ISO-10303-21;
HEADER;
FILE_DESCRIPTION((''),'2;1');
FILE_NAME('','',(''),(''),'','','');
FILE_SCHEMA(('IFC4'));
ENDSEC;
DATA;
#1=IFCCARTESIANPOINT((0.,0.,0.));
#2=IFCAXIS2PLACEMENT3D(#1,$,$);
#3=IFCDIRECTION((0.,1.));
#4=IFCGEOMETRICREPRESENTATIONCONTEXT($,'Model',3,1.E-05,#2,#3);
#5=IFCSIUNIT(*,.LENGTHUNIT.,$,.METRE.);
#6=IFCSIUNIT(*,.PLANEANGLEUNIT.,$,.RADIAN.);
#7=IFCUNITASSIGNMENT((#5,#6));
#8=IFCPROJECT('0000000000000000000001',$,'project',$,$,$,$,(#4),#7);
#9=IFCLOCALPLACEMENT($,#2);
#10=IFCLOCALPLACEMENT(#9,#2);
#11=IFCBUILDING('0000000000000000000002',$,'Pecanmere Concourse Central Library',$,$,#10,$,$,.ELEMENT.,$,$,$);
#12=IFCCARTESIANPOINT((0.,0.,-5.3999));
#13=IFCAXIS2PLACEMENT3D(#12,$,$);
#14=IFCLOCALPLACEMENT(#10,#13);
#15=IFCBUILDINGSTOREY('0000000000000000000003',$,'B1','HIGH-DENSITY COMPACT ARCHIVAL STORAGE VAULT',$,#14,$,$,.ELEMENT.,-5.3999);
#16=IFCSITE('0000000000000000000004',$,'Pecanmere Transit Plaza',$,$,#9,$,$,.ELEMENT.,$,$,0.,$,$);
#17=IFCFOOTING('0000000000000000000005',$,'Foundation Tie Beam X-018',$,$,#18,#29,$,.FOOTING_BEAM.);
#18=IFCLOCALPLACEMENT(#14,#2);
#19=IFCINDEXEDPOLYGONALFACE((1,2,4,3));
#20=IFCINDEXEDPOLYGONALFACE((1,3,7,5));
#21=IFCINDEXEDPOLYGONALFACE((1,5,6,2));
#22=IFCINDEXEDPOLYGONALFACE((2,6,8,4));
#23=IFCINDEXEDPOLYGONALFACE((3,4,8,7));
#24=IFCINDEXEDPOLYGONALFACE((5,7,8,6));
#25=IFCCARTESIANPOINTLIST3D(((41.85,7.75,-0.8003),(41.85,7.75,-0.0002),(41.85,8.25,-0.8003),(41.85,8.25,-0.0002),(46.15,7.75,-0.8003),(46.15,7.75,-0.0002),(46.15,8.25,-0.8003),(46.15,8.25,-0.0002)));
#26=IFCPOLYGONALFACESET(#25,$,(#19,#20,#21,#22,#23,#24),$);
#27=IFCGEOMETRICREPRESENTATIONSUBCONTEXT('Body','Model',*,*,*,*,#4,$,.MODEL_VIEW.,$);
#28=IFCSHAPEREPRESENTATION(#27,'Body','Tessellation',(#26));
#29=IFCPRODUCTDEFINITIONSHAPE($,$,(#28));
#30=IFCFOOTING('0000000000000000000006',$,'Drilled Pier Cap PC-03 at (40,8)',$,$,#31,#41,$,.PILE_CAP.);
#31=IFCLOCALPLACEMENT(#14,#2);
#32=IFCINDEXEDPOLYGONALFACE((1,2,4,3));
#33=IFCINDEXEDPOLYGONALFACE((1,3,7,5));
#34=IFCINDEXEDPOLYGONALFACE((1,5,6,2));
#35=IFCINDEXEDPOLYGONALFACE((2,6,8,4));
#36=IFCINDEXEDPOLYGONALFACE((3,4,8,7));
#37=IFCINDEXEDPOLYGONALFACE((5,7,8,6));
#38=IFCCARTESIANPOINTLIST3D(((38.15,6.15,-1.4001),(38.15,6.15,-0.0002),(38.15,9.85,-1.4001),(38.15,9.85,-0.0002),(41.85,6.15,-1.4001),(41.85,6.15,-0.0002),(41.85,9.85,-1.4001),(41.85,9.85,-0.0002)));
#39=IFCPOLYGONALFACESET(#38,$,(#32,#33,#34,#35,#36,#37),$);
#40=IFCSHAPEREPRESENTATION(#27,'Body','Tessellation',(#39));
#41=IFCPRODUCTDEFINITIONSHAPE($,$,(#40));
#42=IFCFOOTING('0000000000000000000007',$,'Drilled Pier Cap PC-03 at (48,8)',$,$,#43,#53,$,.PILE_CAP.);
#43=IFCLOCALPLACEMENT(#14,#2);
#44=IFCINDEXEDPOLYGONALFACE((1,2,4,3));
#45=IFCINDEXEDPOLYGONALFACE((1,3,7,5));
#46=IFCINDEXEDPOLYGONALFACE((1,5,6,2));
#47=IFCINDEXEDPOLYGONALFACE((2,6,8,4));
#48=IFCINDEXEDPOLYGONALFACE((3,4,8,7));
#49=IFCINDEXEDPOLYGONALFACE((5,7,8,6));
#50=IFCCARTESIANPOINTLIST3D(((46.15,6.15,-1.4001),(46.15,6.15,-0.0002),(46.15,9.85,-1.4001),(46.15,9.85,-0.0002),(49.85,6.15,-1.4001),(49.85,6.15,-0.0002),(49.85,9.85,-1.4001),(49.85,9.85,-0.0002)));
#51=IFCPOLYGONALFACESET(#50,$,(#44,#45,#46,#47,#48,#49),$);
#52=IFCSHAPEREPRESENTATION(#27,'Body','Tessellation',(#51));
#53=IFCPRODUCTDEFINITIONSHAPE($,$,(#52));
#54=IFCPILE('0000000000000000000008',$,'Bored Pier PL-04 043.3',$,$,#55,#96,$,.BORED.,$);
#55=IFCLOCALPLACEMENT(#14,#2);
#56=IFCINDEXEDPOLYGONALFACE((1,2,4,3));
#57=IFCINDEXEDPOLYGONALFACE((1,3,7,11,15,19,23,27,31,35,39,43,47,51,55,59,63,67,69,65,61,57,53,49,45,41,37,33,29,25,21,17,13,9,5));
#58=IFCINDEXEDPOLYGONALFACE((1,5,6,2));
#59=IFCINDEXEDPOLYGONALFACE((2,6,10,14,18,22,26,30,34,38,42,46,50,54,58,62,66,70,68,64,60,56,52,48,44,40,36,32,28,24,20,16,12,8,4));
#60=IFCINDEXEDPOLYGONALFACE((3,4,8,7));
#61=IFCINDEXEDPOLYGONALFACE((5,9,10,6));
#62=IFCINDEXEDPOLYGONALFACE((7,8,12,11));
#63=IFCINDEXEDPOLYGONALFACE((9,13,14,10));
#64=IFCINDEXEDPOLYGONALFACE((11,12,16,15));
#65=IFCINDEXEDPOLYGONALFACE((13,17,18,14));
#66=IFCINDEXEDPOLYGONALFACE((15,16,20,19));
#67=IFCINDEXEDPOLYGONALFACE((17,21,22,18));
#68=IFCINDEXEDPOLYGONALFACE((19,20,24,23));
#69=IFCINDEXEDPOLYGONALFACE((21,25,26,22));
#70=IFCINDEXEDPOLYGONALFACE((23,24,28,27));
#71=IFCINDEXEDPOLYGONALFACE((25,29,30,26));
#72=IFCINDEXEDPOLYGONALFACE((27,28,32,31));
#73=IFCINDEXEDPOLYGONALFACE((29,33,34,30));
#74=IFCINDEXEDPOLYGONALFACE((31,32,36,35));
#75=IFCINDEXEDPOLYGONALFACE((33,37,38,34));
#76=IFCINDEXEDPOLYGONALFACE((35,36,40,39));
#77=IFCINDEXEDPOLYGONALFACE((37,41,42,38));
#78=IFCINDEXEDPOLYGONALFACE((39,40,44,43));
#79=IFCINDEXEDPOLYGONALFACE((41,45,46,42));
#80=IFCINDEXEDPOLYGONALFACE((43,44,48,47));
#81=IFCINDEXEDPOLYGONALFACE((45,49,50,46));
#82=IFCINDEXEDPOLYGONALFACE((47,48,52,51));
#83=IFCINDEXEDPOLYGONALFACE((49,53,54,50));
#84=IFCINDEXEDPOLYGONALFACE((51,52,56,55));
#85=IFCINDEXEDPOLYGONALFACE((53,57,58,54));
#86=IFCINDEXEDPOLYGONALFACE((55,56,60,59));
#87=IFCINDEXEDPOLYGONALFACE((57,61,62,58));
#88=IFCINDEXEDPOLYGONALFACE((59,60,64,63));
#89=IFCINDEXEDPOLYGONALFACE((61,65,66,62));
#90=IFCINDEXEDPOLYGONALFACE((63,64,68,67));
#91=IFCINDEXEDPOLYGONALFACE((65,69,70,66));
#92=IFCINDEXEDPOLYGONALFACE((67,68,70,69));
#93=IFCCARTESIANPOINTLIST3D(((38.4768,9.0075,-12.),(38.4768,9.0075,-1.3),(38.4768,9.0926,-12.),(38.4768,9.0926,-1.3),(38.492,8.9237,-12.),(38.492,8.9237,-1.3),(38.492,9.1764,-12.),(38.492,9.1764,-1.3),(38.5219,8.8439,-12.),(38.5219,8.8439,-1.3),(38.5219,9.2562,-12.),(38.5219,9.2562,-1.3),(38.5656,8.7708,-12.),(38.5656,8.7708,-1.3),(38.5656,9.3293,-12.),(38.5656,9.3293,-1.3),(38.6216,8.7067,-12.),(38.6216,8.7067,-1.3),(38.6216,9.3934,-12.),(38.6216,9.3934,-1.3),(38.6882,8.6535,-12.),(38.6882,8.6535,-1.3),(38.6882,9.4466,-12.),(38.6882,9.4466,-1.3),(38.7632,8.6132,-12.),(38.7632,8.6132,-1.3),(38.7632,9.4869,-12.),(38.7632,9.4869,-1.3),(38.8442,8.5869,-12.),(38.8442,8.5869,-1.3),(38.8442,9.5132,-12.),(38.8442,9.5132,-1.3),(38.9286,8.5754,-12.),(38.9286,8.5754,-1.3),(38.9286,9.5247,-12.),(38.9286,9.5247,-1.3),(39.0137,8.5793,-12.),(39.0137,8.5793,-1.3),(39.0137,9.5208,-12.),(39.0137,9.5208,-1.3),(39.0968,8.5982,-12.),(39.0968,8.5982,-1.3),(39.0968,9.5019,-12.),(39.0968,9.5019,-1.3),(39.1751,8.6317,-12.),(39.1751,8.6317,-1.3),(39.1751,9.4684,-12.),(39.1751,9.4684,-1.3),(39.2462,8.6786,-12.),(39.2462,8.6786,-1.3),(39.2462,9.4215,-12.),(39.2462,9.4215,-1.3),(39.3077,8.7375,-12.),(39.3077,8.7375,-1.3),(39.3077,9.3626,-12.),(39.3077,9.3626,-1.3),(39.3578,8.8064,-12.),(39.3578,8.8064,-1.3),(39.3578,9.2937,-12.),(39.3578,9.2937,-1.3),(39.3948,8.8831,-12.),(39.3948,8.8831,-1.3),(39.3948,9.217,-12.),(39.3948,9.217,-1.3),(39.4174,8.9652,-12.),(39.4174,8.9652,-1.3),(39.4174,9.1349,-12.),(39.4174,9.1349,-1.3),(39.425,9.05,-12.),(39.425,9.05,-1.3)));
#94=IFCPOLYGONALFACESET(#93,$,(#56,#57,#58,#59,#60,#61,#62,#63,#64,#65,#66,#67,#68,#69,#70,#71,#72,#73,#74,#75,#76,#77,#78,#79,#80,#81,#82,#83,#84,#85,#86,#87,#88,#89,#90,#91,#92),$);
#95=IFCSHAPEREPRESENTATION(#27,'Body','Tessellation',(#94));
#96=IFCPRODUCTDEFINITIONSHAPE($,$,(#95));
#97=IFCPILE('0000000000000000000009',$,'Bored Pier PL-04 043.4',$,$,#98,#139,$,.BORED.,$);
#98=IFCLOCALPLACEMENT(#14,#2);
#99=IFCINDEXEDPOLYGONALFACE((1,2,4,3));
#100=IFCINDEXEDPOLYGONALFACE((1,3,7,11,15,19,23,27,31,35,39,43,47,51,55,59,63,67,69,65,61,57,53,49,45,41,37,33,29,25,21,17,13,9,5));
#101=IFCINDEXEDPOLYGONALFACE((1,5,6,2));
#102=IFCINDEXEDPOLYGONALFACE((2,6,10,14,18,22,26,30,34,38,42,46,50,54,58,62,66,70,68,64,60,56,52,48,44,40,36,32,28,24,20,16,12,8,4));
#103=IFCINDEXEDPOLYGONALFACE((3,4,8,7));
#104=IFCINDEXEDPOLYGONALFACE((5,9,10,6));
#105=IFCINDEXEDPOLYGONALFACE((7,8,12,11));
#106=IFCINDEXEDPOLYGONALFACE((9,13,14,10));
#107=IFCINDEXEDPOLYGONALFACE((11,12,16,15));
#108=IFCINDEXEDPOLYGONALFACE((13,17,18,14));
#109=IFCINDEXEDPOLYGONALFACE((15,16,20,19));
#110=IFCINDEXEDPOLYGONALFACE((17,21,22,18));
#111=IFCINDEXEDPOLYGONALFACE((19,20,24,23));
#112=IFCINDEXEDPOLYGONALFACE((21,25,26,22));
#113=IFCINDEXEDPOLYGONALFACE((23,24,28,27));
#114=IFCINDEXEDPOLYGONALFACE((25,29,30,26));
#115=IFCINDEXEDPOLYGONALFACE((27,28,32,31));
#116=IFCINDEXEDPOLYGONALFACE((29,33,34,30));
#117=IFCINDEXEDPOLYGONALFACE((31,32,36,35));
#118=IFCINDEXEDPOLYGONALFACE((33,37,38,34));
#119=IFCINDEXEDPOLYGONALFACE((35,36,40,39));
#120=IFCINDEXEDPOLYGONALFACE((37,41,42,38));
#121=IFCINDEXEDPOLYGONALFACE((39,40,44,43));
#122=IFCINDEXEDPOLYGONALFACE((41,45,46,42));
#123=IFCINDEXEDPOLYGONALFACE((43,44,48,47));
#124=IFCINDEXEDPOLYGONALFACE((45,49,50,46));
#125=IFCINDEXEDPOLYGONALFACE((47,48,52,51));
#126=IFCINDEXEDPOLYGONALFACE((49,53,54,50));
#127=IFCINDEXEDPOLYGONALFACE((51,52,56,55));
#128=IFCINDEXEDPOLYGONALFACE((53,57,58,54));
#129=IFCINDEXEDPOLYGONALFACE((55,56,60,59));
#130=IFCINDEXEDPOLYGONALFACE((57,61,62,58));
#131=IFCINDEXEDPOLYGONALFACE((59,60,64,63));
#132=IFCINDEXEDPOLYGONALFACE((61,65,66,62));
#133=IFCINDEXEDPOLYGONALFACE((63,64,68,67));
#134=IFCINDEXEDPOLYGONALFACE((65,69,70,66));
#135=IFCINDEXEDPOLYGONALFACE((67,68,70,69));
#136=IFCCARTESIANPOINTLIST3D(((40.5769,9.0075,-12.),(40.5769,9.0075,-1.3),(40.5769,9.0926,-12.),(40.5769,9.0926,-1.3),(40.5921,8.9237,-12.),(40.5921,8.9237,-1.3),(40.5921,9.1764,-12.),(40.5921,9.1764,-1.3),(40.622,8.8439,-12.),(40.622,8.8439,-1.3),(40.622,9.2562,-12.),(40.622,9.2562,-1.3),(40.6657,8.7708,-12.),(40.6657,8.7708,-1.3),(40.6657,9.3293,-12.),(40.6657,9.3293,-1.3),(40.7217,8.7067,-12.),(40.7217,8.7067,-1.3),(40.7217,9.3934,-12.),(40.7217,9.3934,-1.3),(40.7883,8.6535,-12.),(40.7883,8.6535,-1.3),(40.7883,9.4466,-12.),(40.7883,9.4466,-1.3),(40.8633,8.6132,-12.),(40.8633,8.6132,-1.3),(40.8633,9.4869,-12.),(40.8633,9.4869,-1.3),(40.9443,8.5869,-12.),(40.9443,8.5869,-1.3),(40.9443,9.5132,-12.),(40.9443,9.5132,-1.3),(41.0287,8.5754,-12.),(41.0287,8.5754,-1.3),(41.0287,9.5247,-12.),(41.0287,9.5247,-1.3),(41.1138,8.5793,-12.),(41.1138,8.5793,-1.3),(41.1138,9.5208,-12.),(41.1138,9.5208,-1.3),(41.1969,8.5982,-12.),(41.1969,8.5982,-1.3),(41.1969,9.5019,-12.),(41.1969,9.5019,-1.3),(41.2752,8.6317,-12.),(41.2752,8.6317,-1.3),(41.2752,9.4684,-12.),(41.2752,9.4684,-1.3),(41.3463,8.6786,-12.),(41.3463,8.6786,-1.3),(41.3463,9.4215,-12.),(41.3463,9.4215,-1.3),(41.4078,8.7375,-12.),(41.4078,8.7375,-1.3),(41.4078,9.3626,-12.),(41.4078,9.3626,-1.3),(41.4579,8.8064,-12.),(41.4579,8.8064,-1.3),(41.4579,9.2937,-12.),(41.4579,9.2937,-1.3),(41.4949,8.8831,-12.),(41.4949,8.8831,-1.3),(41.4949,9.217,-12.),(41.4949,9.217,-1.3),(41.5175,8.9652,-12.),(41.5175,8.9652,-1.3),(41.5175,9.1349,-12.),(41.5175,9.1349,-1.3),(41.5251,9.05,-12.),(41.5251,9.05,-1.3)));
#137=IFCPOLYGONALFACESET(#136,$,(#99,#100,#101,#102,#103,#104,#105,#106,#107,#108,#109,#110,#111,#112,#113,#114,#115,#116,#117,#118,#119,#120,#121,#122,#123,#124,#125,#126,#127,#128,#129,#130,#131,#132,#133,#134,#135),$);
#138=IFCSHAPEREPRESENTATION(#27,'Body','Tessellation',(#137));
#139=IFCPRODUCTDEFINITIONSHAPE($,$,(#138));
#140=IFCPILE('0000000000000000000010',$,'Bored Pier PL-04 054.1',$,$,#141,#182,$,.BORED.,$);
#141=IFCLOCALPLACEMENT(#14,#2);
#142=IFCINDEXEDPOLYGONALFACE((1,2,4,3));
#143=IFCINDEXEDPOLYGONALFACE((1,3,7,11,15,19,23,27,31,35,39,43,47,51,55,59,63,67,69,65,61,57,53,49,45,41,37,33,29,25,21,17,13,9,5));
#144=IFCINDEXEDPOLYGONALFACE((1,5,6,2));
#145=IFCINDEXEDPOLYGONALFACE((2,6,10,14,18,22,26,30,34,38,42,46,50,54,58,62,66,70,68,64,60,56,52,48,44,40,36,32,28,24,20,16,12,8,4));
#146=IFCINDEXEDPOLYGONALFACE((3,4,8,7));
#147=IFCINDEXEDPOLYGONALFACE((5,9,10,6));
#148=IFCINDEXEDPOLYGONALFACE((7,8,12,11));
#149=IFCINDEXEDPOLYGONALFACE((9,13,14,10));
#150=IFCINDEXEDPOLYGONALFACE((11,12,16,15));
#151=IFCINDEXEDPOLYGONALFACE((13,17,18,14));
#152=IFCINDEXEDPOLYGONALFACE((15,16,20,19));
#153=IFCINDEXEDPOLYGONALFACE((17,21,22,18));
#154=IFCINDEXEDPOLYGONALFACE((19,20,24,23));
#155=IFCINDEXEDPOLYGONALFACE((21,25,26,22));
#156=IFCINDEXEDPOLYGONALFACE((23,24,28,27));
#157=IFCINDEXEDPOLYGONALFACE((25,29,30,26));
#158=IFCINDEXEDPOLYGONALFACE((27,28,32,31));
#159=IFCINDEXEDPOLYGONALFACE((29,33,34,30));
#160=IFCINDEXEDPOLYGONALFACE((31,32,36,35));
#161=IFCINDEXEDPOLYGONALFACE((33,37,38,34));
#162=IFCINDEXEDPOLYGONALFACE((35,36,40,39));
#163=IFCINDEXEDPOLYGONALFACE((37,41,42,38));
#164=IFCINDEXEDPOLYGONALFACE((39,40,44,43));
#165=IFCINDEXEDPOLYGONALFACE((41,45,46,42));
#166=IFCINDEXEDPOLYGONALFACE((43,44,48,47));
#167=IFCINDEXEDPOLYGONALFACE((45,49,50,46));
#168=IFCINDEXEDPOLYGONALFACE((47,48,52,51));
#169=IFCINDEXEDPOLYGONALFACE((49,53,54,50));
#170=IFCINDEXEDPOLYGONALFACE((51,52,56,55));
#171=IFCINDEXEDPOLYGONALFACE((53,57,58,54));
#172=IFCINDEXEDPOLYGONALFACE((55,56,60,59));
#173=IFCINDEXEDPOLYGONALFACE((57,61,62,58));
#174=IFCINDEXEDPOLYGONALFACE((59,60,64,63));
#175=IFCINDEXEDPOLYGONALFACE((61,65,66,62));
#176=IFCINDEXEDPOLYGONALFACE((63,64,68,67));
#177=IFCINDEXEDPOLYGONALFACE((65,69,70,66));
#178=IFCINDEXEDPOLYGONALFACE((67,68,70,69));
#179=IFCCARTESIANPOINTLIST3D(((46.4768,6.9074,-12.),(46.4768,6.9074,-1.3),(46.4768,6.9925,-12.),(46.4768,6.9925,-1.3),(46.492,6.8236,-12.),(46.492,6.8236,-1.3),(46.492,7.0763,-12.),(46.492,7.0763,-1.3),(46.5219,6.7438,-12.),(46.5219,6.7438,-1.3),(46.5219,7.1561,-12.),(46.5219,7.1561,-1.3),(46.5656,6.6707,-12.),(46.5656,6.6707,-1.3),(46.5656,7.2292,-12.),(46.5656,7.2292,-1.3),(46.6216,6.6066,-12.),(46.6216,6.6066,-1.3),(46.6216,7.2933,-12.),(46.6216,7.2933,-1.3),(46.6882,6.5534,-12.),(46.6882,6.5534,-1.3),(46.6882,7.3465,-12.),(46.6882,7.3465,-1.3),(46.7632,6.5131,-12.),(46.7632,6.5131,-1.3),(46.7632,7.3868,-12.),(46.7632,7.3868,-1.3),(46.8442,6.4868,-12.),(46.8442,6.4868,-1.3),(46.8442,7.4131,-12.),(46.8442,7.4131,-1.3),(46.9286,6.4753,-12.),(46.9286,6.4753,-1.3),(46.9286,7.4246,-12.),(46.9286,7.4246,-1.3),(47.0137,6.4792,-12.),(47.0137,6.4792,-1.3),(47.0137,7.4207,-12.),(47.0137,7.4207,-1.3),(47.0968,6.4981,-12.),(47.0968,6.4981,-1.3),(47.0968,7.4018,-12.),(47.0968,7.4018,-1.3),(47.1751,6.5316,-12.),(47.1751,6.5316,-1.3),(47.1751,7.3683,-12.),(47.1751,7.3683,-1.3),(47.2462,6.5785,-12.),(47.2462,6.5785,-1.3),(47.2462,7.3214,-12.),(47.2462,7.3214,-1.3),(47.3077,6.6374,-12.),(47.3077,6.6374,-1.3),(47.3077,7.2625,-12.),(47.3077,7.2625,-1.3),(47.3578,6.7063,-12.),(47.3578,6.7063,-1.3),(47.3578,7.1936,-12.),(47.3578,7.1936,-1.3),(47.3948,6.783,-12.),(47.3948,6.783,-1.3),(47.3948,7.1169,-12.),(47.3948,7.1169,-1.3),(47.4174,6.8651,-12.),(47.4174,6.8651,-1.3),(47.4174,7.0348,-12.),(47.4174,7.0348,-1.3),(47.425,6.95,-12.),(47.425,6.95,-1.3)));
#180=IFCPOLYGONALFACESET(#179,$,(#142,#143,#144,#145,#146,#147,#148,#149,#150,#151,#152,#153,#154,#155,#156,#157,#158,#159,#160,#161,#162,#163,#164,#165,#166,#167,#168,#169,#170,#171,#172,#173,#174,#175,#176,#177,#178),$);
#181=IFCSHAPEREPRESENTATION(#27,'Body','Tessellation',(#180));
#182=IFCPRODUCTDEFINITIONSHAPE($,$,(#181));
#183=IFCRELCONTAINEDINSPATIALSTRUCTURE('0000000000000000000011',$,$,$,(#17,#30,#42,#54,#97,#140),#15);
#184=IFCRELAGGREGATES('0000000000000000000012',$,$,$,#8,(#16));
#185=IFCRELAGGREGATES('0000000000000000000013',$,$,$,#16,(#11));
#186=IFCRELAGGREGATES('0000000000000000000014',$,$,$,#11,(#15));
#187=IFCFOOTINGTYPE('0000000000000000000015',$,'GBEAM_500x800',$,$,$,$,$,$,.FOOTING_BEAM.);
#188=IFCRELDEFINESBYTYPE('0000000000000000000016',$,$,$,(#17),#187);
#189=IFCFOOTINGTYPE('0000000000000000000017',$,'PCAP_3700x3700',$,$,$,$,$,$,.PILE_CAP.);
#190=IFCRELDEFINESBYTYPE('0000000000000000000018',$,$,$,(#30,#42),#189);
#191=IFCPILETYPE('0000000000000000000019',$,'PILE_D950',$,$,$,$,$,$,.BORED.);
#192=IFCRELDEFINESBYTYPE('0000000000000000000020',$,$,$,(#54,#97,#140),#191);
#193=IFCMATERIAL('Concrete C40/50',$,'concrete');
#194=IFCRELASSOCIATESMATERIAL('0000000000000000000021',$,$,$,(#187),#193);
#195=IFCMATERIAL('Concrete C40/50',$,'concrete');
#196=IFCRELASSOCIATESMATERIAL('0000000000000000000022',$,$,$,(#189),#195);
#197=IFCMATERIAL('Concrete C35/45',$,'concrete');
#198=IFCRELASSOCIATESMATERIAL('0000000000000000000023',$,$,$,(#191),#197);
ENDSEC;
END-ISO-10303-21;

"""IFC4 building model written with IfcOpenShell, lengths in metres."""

from ifc_helpers import new_model, si_unit, direction, frame, origin, origin_2d, place, context, subcontext, project, spatial, rectangle, circle, extrude, material, material_profile, profile_set, type_object, element, save


model = new_model("IFC4")

# Units and contexts
model_context = context("Model", 3, precision=1e-05, world=origin(), true_north=direction((0.0, 1.0)))
body_context = subcontext(model_context, "Body", "Model", "MODEL_VIEW")
ifc_project = project(units=[si_unit("LENGTHUNIT", "METRE"), si_unit("PLANEANGLEUNIT", "RADIAN")], contexts=[model_context])

# Site, building, storey
site_placement = place(None, origin())
site = spatial("IfcSite", under=ifc_project, at=site_placement, Name="Pecanmere Transit Plaza", CompositionType="ELEMENT", RefElevation=0.0)
building_placement = place(site_placement, origin())
building = spatial("IfcBuilding", under=site, at=building_placement, Name="Pecanmere Concourse Central Library", CompositionType="ELEMENT")
storey_placement = place(building_placement, frame((0.0, 0.0, -5.3999)))
storey = spatial("IfcBuildingStorey", under=building, at=storey_placement, Name="B1", Description="HIGH-DENSITY COMPACT ARCHIVAL STORAGE VAULT", CompositionType="ELEMENT", Elevation=-5.3999)

# Footings
ifc_material_1 = material(Name="Concrete C40/50", Category="concrete")
ifc_material_profile_1 = material_profile(ifc_material_1, rectangle(XDim=0.5, YDim=0.8, at=origin_2d()), Name="RC 500x800")
ifc_profile_set_1 = profile_set([ifc_material_profile_1], Name="Concrete C40/50")
footing_type_1 = type_object("IfcFootingType", Name="GBEAM_500x800", PredefinedType="FOOTING_BEAM", material=ifc_profile_set_1)
footing_placement = place(storey_placement, frame((44.0, 8.0, -0.8003), z_axis=(0.0, 0.0, 1.0), x_axis=(1.0, 0.0, 0.0)))
element("IfcFooting", 1, at=footing_placement, inside=storey, type_object=footing_type_1, Name="Foundation Tie Beam X-018", PredefinedType="FOOTING_BEAM", context=body_context, shape_type="SweptSolid", body=[
    extrude(rectangle(XDim=4.3, YDim=0.5, at=origin_2d()), origin(), (0.0, 0.0, 1.0), 0.8),
])
ifc_material_2 = material(Name="Concrete C40/50", Category="concrete")
footing_type_2 = type_object("IfcFootingType", Name="PCAP_3700x3700", PredefinedType="PILE_CAP", material=ifc_material_2)
for number, where, z_axis, x_axis, name in (
    (2, (40.0, 8.0, -1.4001), (0.0, 0.0, 1.0), (1.0, 0.0, 0.0), "Drilled Pier Cap PC-03 at (40,8)"),
    (3, (48.0, 8.0, -1.4001), (0.0, 0.0, 1.0), (1.0, 0.0, 0.0), "Drilled Pier Cap PC-03 at (48,8)"),
):
    element("IfcFooting", number, at=place(storey_placement, frame(where, z_axis=z_axis, x_axis=x_axis)), inside=storey, type_object=footing_type_2, Name=name, PredefinedType="PILE_CAP", context=body_context, shape_type="SweptSolid", body=[
        extrude(rectangle(XDim=3.7, YDim=3.7, at=origin_2d()), origin(), (0.0, 0.0, 1.0), 1.3999),
    ])

# Piles
ifc_material_3 = material(Name="Concrete C35/45", Category="concrete")
ifc_material_profile_2 = material_profile(ifc_material_3, circle(Radius=0.4751, at=origin_2d()), Name="PIER D950")
ifc_profile_set_2 = profile_set([ifc_material_profile_2], Name="Concrete C35/45")
pile_type = type_object("IfcPileType", Name="PILE_D950", PredefinedType="BORED", material=ifc_profile_set_2)
for number, where, z_axis, x_axis, name in (
    (4, (38.95, 9.05, -1.3), (0.0, 0.0, -1.0), (1.0, 0.0, 0.0), "Bored Pier PL-04 043.3"),
    (5, (41.05, 9.05, -1.3), (0.0, 0.0, -1.0), (1.0, 0.0, 0.0), "Bored Pier PL-04 043.4"),
    (6, (46.95, 6.95, -1.3), (0.0, 0.0, -1.0), (1.0, 0.0, 0.0), "Bored Pier PL-04 054.1"),
):
    element("IfcPile", number, at=place(storey_placement, frame(where, z_axis=z_axis, x_axis=x_axis)), inside=storey, type_object=pile_type, Name=name, PredefinedType="BORED", context=body_context, shape_type="SweptSolid", body=[
        extrude(circle(Radius=0.4751, at=origin_2d()), origin(), (0.0, 0.0, 1.0), 10.7),
    ])

save(model, "model.ifc")
